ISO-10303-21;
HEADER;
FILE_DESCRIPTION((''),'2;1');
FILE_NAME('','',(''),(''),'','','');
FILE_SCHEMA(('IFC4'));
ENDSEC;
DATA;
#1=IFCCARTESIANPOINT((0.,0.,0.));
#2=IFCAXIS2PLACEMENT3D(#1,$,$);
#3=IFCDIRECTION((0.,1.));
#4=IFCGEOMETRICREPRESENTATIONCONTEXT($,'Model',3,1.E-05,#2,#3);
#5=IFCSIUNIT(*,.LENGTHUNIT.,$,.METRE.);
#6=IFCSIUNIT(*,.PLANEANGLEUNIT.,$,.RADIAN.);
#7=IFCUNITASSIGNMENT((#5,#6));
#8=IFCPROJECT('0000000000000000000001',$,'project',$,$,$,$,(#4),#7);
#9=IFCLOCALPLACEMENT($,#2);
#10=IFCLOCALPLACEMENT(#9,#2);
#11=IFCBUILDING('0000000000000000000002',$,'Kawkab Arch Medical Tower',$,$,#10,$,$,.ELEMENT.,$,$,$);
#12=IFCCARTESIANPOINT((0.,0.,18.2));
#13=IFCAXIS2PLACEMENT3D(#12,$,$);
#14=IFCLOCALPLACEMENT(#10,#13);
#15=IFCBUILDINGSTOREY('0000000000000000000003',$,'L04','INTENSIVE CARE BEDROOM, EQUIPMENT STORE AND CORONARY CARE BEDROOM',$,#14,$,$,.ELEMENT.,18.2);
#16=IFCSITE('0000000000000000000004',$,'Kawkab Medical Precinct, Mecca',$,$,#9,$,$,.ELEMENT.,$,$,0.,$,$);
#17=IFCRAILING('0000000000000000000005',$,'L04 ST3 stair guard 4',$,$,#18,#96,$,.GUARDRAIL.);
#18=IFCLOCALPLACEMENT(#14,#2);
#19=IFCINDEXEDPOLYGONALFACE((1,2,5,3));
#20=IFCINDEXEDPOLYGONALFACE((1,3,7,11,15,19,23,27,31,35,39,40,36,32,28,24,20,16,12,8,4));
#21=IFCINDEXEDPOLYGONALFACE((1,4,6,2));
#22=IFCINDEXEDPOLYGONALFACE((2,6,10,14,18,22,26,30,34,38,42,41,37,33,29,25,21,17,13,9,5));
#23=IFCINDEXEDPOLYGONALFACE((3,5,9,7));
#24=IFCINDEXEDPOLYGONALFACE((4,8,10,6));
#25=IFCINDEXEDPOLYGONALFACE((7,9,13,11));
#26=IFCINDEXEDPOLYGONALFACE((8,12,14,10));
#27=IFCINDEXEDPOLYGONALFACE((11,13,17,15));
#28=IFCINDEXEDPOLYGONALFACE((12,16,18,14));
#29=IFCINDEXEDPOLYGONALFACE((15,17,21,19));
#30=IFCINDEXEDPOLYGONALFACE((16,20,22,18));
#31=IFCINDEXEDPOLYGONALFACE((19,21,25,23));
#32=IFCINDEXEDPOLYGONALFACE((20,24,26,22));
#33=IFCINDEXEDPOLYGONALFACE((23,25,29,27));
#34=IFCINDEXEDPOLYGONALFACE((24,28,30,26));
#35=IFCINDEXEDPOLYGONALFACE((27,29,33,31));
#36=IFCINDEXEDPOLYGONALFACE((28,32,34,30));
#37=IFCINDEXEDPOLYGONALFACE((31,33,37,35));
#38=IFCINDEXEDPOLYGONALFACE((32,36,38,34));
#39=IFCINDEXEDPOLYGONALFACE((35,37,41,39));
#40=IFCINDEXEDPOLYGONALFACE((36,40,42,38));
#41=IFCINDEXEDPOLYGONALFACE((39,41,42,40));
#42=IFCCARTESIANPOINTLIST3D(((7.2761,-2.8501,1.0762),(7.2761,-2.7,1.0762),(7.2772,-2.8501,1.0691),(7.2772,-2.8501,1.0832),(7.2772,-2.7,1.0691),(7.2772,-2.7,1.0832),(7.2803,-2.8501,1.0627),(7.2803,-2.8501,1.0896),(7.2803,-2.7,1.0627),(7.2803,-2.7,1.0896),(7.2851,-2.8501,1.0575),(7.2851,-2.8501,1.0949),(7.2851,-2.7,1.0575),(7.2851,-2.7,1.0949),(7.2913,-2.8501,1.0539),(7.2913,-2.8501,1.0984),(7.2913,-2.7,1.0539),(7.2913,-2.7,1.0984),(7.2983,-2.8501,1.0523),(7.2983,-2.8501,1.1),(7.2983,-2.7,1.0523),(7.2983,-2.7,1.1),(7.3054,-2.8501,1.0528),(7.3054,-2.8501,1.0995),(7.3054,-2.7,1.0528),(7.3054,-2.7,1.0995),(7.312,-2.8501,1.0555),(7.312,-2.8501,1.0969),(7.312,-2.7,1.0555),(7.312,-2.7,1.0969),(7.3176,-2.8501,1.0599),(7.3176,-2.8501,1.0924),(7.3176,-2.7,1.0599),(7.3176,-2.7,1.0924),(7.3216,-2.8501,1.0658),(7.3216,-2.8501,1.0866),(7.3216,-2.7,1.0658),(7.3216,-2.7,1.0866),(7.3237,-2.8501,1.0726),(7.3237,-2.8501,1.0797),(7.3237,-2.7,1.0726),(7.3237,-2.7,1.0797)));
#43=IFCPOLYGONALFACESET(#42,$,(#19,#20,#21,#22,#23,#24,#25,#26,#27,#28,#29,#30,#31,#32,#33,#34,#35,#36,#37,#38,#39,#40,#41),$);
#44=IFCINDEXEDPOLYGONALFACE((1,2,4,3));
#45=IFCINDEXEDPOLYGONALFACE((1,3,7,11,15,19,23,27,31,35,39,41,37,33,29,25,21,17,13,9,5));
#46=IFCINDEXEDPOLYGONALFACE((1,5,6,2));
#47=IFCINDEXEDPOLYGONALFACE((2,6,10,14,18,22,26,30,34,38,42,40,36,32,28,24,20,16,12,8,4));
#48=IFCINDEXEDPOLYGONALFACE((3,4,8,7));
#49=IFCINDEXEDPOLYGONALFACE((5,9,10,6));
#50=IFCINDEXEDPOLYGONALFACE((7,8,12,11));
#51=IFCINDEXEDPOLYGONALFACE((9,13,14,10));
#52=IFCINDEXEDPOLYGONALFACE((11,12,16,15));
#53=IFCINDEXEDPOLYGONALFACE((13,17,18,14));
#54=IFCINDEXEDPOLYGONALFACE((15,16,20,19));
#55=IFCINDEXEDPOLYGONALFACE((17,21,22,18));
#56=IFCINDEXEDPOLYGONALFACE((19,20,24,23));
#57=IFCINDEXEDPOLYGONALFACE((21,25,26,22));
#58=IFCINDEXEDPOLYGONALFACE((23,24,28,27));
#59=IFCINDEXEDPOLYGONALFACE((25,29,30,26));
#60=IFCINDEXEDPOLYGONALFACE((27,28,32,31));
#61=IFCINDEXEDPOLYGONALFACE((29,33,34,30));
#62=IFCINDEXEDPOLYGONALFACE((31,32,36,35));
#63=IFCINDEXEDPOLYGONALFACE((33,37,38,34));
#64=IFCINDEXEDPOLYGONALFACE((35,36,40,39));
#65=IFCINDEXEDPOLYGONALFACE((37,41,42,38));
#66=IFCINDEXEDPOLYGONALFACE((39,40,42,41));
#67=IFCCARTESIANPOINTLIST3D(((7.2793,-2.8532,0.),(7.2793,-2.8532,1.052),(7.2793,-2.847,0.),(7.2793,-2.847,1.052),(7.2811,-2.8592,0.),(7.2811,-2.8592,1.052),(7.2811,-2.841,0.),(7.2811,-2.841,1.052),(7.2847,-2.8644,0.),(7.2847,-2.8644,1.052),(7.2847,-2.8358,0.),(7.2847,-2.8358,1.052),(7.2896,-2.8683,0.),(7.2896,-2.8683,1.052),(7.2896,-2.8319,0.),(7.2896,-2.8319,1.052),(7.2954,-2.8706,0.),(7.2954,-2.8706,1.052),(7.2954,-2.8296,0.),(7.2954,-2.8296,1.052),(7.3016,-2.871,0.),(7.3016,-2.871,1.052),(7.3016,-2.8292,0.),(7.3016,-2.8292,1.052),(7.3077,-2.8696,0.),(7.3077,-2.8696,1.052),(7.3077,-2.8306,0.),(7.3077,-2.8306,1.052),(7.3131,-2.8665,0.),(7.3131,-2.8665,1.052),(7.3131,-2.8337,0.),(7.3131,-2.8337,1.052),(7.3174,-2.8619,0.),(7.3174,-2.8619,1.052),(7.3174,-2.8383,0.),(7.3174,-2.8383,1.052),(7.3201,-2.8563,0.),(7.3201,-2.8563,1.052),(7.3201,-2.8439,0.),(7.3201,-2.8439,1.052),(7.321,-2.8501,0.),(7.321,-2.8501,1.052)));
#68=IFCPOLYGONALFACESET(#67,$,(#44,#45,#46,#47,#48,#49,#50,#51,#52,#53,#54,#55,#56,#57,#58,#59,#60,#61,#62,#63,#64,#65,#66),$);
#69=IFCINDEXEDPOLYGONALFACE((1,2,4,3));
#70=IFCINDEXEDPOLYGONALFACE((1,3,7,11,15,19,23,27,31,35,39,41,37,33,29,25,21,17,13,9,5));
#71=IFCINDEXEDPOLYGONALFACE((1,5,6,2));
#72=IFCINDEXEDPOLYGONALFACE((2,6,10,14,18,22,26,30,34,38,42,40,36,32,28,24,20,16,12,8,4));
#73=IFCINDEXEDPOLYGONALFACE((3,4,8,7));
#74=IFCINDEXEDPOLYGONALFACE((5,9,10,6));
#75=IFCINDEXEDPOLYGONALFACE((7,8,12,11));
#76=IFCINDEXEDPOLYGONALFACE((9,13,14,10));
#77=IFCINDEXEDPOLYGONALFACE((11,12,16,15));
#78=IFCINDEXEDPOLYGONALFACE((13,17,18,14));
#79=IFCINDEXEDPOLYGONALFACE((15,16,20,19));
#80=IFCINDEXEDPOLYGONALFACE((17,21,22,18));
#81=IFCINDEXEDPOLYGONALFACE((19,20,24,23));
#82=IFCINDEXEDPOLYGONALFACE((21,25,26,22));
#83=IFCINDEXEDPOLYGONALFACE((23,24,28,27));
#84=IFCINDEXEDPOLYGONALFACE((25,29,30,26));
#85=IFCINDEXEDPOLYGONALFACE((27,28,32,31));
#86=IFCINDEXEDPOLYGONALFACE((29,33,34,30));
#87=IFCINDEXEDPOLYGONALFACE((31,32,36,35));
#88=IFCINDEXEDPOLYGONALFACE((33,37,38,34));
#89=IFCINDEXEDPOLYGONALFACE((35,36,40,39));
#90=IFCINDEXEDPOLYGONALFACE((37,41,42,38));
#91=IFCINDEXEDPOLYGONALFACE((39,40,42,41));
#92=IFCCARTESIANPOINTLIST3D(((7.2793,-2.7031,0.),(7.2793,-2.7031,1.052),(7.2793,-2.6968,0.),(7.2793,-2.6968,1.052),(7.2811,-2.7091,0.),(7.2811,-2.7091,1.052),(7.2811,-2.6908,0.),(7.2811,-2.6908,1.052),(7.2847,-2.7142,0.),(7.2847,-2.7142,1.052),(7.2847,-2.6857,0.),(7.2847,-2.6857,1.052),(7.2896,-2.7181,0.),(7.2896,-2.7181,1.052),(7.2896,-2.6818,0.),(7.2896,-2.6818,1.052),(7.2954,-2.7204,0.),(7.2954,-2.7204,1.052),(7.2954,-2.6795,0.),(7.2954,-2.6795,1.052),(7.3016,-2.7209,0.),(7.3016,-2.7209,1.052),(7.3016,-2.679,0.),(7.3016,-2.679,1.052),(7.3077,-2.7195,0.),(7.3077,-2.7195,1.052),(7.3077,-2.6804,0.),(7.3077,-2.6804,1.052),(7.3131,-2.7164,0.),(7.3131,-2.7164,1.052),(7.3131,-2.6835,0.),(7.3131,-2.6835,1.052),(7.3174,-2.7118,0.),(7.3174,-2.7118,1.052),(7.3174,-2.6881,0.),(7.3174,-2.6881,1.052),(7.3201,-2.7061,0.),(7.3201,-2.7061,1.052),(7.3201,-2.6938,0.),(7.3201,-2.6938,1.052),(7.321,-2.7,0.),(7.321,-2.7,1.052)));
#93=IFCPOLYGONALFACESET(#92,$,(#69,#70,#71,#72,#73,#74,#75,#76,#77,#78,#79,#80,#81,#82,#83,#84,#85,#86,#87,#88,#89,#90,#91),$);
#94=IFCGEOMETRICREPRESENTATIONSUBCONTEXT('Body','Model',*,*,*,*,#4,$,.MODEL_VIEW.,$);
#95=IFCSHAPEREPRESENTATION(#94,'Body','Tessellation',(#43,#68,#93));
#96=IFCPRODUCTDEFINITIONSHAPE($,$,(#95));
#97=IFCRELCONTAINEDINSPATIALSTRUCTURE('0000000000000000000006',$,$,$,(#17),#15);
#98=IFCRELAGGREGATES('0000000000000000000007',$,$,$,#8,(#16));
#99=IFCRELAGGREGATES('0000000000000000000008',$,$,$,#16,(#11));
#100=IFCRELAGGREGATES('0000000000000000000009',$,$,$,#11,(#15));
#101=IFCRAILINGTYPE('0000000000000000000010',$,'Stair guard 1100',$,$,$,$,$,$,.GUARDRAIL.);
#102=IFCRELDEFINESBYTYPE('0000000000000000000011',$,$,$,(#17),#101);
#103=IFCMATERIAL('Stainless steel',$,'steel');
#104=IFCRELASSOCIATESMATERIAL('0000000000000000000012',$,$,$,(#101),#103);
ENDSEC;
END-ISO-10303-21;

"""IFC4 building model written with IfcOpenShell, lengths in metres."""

from ifc_helpers import new_model, si_unit, direction, frame, origin, origin_2d, place, context, subcontext, project, spatial, circle, extrude, material, type_object, element, save


model = new_model("IFC4")

# Units and contexts
model_context = context("Model", 3, precision=1e-05, world=origin(), true_north=direction((0.0, 1.0)))
body_context = subcontext(model_context, "Body", "Model", "MODEL_VIEW")
ifc_project = project(units=[si_unit("LENGTHUNIT", "METRE"), si_unit("PLANEANGLEUNIT", "RADIAN")], contexts=[model_context])

# Site, building, storey
site_placement = place(None, origin())
site = spatial("IfcSite", under=ifc_project, at=site_placement, Name="Kawkab Medical Precinct, Mecca", CompositionType="ELEMENT", RefElevation=0.0)
building_placement = place(site_placement, origin())
building = spatial("IfcBuilding", under=site, at=building_placement, Name="Kawkab Arch Medical Tower", CompositionType="ELEMENT")
storey_placement = place(building_placement, frame((0.0, 0.0, 18.2)))
storey = spatial("IfcBuildingStorey", under=building, at=storey_placement, Name="L04", Description="INTENSIVE CARE BEDROOM, EQUIPMENT STORE AND CORONARY CARE BEDROOM", CompositionType="ELEMENT", Elevation=18.2)

# Railing
ifc_material_1 = material(Name="Stainless steel", Category="steel")
railing_type = type_object("IfcRailingType", Name="Stair guard 1100", PredefinedType="GUARDRAIL", material=ifc_material_1)
railing_1_placement = place(storey_placement, frame((7.3, -2.8501, 0.0)))
element("IfcRailing", 1, at=railing_1_placement, inside=storey, type_object=railing_type, Name="L04 ST3 stair guard 4", PredefinedType="GUARDRAIL", context=body_context, shape_type="SweptSolid", body=[
    extrude(circle(Radius=0.0239, at=origin_2d()), frame((0.0, 0.0, 1.0762), z_axis=(0.0, 1.0, 0.0), x_axis=(-1.0, 0.0, 0.0)), (0.0, 0.0, 1.0), 0.1501),
    extrude(circle(Radius=0.021, at=origin_2d()), origin(), (0.0, 0.0, 1.0), 1.052),
    extrude(circle(Radius=0.021, at=origin_2d()), frame((0.0, 0.1501, 0.0)), (0.0, 0.0, 1.0), 1.052),
])

save(model, "model.ifc")
